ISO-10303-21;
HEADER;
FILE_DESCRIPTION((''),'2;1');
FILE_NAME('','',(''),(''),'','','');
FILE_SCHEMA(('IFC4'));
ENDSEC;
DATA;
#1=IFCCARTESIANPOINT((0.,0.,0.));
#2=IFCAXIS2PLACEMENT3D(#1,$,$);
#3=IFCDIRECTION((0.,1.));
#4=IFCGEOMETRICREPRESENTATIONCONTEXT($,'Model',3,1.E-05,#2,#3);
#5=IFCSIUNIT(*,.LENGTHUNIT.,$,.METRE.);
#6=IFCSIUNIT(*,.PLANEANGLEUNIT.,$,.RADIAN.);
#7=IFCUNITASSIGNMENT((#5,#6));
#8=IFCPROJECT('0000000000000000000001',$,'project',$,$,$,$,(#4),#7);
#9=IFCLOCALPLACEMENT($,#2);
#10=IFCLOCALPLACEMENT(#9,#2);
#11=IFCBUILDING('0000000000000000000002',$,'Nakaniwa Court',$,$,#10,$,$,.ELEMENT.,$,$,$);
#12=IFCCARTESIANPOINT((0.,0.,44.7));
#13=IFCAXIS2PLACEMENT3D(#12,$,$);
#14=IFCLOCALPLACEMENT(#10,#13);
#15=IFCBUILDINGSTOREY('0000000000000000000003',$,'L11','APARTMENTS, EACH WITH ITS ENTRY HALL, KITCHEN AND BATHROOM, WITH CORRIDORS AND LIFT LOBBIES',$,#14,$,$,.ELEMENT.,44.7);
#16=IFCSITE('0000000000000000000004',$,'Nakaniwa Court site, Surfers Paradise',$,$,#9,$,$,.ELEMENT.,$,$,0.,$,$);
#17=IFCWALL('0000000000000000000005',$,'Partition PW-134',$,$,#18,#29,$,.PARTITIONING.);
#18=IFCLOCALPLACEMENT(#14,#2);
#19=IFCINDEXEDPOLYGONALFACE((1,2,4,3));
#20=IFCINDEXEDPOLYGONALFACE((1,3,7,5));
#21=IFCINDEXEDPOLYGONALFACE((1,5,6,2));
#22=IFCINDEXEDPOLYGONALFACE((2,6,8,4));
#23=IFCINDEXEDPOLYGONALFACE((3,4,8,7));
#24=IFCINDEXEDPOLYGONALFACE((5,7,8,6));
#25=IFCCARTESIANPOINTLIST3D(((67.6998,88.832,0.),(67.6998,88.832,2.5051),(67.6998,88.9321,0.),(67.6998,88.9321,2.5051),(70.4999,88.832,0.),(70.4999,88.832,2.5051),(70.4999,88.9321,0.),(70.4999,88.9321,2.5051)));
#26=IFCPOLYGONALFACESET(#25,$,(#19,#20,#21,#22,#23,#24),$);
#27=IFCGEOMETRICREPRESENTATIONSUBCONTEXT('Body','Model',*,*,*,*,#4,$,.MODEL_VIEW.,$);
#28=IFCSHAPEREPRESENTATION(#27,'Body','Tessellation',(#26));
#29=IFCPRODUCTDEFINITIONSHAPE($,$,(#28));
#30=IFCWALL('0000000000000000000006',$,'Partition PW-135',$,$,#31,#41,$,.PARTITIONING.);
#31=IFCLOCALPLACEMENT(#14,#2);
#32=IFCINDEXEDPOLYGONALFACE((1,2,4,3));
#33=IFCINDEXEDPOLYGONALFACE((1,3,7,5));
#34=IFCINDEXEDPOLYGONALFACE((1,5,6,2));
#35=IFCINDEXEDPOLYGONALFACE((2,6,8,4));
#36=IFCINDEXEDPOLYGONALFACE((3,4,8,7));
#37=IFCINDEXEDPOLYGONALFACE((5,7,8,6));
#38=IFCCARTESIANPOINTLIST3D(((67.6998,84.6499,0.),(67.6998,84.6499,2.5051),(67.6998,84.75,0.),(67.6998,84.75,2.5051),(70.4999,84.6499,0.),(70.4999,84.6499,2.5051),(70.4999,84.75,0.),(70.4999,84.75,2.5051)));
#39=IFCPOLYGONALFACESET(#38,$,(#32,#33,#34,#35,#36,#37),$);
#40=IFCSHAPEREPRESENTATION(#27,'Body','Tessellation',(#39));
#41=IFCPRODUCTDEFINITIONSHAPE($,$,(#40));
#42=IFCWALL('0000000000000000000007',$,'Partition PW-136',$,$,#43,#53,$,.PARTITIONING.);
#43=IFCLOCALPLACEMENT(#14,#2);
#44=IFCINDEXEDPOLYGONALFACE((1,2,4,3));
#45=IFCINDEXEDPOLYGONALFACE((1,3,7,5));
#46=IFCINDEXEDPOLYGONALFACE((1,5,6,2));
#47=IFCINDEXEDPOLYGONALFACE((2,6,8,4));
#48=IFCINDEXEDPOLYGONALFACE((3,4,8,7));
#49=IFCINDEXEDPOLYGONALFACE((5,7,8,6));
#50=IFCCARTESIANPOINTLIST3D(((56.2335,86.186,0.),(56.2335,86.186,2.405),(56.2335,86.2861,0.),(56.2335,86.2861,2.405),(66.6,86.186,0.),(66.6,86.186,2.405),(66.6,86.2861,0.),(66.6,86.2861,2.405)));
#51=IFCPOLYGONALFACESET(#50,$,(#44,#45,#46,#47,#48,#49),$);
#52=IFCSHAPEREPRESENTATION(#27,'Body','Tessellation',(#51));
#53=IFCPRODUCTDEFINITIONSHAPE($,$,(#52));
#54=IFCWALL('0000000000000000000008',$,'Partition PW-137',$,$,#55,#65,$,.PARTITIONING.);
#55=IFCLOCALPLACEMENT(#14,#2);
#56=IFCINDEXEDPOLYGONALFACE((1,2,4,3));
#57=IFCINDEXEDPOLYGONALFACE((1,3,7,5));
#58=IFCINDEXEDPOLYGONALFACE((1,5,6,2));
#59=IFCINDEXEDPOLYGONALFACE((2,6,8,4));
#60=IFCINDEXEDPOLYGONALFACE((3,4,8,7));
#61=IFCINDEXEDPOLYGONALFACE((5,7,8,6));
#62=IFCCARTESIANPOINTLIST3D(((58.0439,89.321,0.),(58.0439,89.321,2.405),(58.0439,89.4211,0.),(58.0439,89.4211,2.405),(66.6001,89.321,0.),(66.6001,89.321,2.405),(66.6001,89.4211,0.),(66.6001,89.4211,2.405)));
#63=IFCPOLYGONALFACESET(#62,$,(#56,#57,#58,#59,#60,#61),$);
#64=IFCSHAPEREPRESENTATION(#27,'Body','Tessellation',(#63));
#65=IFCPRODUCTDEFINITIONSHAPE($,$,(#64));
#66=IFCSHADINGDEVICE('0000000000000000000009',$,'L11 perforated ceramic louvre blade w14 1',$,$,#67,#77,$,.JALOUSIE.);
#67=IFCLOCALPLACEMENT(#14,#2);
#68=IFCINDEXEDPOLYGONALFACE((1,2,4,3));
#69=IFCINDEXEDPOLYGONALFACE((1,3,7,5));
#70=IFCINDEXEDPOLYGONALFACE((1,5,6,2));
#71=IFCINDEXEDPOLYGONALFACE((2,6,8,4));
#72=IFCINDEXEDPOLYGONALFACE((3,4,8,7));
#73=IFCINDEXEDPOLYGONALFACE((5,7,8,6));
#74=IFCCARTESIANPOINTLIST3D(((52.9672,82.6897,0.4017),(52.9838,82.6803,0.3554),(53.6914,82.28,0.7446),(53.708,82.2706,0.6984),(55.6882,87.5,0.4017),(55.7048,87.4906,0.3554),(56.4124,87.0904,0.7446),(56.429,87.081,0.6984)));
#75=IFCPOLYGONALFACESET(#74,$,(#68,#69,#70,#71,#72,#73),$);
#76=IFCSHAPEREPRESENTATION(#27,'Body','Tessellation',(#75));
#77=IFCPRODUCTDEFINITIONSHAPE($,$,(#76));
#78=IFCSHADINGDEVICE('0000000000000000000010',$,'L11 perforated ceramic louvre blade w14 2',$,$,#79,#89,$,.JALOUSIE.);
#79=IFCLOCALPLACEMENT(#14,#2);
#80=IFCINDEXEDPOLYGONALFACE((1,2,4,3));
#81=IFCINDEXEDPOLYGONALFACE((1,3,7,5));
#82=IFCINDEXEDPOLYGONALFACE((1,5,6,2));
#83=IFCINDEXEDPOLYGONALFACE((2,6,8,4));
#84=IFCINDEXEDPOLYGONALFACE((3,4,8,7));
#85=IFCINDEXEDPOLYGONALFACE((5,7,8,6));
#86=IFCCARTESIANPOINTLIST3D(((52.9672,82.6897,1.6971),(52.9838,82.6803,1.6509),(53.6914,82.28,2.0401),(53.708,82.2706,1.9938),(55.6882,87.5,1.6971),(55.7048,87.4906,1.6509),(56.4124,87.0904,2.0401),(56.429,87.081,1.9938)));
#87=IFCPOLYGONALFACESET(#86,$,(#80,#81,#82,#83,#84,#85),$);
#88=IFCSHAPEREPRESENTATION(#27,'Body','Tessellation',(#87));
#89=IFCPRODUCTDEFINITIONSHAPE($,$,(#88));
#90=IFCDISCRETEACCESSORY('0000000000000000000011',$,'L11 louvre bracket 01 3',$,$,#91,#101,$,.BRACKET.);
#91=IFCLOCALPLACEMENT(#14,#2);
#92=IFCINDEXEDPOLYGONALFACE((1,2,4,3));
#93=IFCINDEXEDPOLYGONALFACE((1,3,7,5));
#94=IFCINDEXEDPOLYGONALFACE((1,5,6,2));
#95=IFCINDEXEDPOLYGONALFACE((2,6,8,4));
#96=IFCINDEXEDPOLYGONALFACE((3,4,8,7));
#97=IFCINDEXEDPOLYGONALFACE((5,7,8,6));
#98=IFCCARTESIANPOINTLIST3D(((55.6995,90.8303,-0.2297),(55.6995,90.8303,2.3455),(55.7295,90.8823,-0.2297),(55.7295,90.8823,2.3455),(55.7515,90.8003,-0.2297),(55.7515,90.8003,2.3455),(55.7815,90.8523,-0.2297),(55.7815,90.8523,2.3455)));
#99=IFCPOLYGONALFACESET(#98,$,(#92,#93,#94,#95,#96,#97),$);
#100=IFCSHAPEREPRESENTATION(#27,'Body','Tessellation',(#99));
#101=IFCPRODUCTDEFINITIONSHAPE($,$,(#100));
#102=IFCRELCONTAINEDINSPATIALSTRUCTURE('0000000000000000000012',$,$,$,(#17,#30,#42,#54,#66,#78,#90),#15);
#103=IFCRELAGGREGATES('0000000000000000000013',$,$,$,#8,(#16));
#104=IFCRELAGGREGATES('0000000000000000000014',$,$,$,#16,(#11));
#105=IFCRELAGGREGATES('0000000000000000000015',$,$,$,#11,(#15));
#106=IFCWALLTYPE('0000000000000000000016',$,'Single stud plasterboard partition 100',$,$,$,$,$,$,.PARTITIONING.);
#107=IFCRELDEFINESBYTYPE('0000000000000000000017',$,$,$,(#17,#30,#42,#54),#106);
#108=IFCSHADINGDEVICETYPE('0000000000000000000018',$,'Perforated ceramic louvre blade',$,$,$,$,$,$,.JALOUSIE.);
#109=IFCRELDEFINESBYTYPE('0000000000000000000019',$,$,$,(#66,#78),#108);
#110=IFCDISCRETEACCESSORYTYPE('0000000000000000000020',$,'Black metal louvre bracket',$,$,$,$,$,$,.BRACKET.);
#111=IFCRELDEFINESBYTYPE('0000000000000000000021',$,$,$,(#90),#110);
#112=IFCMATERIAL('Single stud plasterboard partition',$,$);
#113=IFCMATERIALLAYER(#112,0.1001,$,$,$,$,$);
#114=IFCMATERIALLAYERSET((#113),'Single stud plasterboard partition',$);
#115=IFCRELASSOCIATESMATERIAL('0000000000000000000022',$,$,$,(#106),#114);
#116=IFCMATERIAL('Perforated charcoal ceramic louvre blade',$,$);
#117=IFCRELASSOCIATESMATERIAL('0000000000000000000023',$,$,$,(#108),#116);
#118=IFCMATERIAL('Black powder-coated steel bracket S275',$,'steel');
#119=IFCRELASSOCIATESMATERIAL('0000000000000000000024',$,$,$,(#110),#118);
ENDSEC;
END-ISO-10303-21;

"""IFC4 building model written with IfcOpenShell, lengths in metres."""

from ifc_helpers import new_model, si_unit, direction, frame, frame_2d, origin, origin_2d, place, context, subcontext, project, spatial, rectangle, extrude, material, layer, layer_set, material_profile, profile_set, type_object, element, save


model = new_model("IFC4")

# Units and contexts
model_context = context("Model", 3, precision=1e-05, world=origin(), true_north=direction((0.0, 1.0)))
body_context = subcontext(model_context, "Body", "Model", "MODEL_VIEW")
ifc_project = project(units=[si_unit("LENGTHUNIT", "METRE"), si_unit("PLANEANGLEUNIT", "RADIAN")], contexts=[model_context])

# Site, building, storey
site_placement = place(None, origin())
site = spatial("IfcSite", under=ifc_project, at=site_placement, Name="Nakaniwa Court site, Surfers Paradise", CompositionType="ELEMENT", RefElevation=0.0)
building_placement = place(site_placement, origin())
building = spatial("IfcBuilding", under=site, at=building_placement, Name="Nakaniwa Court", CompositionType="ELEMENT")
storey_placement = place(building_placement, frame((0.0, 0.0, 44.7)))
storey = spatial("IfcBuildingStorey", under=building, at=storey_placement, Name="L11", Description="APARTMENTS, EACH WITH ITS ENTRY HALL, KITCHEN AND BATHROOM, WITH CORRIDORS AND LIFT LOBBIES", CompositionType="ELEMENT", Elevation=44.7)

# Shared definitions
ifc_material_1 = material(Name="Single stud plasterboard partition")
ifc_layer_1 = layer(ifc_material_1, 0.1001)
ifc_layer_set_1 = layer_set([ifc_layer_1], Name="Single stud plasterboard partition")
wall_type_1 = type_object("IfcWallType", Name="Single stud plasterboard partition 100", PredefinedType="PARTITIONING", material=ifc_layer_set_1)

# Walls
for number, where, z_axis, x_axis, name in (
    (1, (67.7, 88.8821, 0.0), (0.0, 0.0, 1.0), (1.0, 0.0, 0.0), "Partition PW-134"),
    (2, (67.7, 84.7, 0.0), (0.0, 0.0, 1.0), (1.0, 0.0, 0.0), "Partition PW-135"),
):
    element("IfcWall", number, at=place(storey_placement, frame(where, z_axis=z_axis, x_axis=x_axis)), inside=storey, type_object=wall_type_1, Name=name, PredefinedType="PARTITIONING", context=body_context, shape_type="SweptSolid", body=[
        extrude(rectangle(XDim=2.8, YDim=0.1001, at=frame_2d((1.3999, 0.0))), origin(), (0.0, 0.0, 1.0), 2.5051),
    ])
wall_1_placement = place(storey_placement, frame((56.2336, 86.2361, 0.0), z_axis=(0.0, 0.0, 1.0), x_axis=(1.0, 0.0, 0.0)))
element("IfcWall", 3, at=wall_1_placement, inside=storey, type_object=wall_type_1, Name="Partition PW-136", PredefinedType="PARTITIONING", context=body_context, shape_type="SweptSolid", body=[
    extrude(rectangle(XDim=10.3665, YDim=0.1001, at=frame_2d((5.1831, 0.0))), origin(), (0.0, 0.0, 1.0), 2.405),
])
wall_2_placement = place(storey_placement, frame((58.0439, 89.3711, 0.0), z_axis=(0.0, 0.0, 1.0), x_axis=(1.0, 0.0, 0.0)))
element("IfcWall", 4, at=wall_2_placement, inside=storey, type_object=wall_type_1, Name="Partition PW-137", PredefinedType="PARTITIONING", context=body_context, shape_type="SweptSolid", body=[
    extrude(rectangle(XDim=8.5562, YDim=0.1001, at=frame_2d((4.2781, 0.0))), origin(), (0.0, 0.0, 1.0), 2.405),
])

# Shading devices
ifc_material_2 = material(Name="Perforated charcoal ceramic louvre blade")
ifc_material_profile_1 = material_profile(ifc_material_2, rectangle(XDim=0.8999, YDim=0.05, at=origin_2d()), Name="Perforated ceramic louvre blade")
ifc_profile_set_1 = profile_set([ifc_material_profile_1], Name="Perforated charcoal ceramic louvre blade")
shading_device_type = type_object("IfcShadingDeviceType", Name="Perforated ceramic louvre blade", PredefinedType="JALOUSIE", material=ifc_profile_set_1)
for number, where, z_axis, x_axis, name in (
    (5, (56.0586, 87.2905, 0.55), (-0.492343, -0.870402, 0.0), (0.804726, -0.455193, 0.38107), "L11 perforated ceramic louvre blade w14 1"),
    (6, (56.0586, 87.2905, 1.8455), (-0.492343, -0.870402, 0.0), (0.804726, -0.455193, 0.38107), "L11 perforated ceramic louvre blade w14 2"),
):
    element("IfcShadingDevice", number, at=place(storey_placement, frame(where, z_axis=z_axis, x_axis=x_axis)), inside=storey, type_object=shading_device_type, Name=name, PredefinedType="JALOUSIE", context=body_context, shape_type="SweptSolid", body=[
        extrude(rectangle(XDim=0.8999, YDim=0.05, at=origin_2d()), origin(), (0.0, 0.0, 1.0), 5.5266),
    ])

# Discrete accessory
ifc_material_3 = material(Name="Black powder-coated steel bracket S275", Category="steel")
discrete_accessory_type = type_object("IfcDiscreteAccessoryType", Name="Black metal louvre bracket", PredefinedType="BRACKET", material=ifc_material_3)
discrete_accessory_placement = place(storey_placement, frame((55.7405, 90.8413, -0.2297), z_axis=(0.0, 0.0, 1.0), x_axis=(-0.499974, -0.86604, 0.0)))
element("IfcDiscreteAccessory", 7, at=discrete_accessory_placement, inside=storey, type_object=discrete_accessory_type, Name="L11 louvre bracket 01 3", PredefinedType="BRACKET", context=body_context, shape_type="SweptSolid", body=[
    extrude(rectangle(XDim=0.0601, YDim=0.0601, at=origin_2d()), origin(), (0.0, 0.0, 1.0), 2.5752),
])

save(model, "model.ifc")
